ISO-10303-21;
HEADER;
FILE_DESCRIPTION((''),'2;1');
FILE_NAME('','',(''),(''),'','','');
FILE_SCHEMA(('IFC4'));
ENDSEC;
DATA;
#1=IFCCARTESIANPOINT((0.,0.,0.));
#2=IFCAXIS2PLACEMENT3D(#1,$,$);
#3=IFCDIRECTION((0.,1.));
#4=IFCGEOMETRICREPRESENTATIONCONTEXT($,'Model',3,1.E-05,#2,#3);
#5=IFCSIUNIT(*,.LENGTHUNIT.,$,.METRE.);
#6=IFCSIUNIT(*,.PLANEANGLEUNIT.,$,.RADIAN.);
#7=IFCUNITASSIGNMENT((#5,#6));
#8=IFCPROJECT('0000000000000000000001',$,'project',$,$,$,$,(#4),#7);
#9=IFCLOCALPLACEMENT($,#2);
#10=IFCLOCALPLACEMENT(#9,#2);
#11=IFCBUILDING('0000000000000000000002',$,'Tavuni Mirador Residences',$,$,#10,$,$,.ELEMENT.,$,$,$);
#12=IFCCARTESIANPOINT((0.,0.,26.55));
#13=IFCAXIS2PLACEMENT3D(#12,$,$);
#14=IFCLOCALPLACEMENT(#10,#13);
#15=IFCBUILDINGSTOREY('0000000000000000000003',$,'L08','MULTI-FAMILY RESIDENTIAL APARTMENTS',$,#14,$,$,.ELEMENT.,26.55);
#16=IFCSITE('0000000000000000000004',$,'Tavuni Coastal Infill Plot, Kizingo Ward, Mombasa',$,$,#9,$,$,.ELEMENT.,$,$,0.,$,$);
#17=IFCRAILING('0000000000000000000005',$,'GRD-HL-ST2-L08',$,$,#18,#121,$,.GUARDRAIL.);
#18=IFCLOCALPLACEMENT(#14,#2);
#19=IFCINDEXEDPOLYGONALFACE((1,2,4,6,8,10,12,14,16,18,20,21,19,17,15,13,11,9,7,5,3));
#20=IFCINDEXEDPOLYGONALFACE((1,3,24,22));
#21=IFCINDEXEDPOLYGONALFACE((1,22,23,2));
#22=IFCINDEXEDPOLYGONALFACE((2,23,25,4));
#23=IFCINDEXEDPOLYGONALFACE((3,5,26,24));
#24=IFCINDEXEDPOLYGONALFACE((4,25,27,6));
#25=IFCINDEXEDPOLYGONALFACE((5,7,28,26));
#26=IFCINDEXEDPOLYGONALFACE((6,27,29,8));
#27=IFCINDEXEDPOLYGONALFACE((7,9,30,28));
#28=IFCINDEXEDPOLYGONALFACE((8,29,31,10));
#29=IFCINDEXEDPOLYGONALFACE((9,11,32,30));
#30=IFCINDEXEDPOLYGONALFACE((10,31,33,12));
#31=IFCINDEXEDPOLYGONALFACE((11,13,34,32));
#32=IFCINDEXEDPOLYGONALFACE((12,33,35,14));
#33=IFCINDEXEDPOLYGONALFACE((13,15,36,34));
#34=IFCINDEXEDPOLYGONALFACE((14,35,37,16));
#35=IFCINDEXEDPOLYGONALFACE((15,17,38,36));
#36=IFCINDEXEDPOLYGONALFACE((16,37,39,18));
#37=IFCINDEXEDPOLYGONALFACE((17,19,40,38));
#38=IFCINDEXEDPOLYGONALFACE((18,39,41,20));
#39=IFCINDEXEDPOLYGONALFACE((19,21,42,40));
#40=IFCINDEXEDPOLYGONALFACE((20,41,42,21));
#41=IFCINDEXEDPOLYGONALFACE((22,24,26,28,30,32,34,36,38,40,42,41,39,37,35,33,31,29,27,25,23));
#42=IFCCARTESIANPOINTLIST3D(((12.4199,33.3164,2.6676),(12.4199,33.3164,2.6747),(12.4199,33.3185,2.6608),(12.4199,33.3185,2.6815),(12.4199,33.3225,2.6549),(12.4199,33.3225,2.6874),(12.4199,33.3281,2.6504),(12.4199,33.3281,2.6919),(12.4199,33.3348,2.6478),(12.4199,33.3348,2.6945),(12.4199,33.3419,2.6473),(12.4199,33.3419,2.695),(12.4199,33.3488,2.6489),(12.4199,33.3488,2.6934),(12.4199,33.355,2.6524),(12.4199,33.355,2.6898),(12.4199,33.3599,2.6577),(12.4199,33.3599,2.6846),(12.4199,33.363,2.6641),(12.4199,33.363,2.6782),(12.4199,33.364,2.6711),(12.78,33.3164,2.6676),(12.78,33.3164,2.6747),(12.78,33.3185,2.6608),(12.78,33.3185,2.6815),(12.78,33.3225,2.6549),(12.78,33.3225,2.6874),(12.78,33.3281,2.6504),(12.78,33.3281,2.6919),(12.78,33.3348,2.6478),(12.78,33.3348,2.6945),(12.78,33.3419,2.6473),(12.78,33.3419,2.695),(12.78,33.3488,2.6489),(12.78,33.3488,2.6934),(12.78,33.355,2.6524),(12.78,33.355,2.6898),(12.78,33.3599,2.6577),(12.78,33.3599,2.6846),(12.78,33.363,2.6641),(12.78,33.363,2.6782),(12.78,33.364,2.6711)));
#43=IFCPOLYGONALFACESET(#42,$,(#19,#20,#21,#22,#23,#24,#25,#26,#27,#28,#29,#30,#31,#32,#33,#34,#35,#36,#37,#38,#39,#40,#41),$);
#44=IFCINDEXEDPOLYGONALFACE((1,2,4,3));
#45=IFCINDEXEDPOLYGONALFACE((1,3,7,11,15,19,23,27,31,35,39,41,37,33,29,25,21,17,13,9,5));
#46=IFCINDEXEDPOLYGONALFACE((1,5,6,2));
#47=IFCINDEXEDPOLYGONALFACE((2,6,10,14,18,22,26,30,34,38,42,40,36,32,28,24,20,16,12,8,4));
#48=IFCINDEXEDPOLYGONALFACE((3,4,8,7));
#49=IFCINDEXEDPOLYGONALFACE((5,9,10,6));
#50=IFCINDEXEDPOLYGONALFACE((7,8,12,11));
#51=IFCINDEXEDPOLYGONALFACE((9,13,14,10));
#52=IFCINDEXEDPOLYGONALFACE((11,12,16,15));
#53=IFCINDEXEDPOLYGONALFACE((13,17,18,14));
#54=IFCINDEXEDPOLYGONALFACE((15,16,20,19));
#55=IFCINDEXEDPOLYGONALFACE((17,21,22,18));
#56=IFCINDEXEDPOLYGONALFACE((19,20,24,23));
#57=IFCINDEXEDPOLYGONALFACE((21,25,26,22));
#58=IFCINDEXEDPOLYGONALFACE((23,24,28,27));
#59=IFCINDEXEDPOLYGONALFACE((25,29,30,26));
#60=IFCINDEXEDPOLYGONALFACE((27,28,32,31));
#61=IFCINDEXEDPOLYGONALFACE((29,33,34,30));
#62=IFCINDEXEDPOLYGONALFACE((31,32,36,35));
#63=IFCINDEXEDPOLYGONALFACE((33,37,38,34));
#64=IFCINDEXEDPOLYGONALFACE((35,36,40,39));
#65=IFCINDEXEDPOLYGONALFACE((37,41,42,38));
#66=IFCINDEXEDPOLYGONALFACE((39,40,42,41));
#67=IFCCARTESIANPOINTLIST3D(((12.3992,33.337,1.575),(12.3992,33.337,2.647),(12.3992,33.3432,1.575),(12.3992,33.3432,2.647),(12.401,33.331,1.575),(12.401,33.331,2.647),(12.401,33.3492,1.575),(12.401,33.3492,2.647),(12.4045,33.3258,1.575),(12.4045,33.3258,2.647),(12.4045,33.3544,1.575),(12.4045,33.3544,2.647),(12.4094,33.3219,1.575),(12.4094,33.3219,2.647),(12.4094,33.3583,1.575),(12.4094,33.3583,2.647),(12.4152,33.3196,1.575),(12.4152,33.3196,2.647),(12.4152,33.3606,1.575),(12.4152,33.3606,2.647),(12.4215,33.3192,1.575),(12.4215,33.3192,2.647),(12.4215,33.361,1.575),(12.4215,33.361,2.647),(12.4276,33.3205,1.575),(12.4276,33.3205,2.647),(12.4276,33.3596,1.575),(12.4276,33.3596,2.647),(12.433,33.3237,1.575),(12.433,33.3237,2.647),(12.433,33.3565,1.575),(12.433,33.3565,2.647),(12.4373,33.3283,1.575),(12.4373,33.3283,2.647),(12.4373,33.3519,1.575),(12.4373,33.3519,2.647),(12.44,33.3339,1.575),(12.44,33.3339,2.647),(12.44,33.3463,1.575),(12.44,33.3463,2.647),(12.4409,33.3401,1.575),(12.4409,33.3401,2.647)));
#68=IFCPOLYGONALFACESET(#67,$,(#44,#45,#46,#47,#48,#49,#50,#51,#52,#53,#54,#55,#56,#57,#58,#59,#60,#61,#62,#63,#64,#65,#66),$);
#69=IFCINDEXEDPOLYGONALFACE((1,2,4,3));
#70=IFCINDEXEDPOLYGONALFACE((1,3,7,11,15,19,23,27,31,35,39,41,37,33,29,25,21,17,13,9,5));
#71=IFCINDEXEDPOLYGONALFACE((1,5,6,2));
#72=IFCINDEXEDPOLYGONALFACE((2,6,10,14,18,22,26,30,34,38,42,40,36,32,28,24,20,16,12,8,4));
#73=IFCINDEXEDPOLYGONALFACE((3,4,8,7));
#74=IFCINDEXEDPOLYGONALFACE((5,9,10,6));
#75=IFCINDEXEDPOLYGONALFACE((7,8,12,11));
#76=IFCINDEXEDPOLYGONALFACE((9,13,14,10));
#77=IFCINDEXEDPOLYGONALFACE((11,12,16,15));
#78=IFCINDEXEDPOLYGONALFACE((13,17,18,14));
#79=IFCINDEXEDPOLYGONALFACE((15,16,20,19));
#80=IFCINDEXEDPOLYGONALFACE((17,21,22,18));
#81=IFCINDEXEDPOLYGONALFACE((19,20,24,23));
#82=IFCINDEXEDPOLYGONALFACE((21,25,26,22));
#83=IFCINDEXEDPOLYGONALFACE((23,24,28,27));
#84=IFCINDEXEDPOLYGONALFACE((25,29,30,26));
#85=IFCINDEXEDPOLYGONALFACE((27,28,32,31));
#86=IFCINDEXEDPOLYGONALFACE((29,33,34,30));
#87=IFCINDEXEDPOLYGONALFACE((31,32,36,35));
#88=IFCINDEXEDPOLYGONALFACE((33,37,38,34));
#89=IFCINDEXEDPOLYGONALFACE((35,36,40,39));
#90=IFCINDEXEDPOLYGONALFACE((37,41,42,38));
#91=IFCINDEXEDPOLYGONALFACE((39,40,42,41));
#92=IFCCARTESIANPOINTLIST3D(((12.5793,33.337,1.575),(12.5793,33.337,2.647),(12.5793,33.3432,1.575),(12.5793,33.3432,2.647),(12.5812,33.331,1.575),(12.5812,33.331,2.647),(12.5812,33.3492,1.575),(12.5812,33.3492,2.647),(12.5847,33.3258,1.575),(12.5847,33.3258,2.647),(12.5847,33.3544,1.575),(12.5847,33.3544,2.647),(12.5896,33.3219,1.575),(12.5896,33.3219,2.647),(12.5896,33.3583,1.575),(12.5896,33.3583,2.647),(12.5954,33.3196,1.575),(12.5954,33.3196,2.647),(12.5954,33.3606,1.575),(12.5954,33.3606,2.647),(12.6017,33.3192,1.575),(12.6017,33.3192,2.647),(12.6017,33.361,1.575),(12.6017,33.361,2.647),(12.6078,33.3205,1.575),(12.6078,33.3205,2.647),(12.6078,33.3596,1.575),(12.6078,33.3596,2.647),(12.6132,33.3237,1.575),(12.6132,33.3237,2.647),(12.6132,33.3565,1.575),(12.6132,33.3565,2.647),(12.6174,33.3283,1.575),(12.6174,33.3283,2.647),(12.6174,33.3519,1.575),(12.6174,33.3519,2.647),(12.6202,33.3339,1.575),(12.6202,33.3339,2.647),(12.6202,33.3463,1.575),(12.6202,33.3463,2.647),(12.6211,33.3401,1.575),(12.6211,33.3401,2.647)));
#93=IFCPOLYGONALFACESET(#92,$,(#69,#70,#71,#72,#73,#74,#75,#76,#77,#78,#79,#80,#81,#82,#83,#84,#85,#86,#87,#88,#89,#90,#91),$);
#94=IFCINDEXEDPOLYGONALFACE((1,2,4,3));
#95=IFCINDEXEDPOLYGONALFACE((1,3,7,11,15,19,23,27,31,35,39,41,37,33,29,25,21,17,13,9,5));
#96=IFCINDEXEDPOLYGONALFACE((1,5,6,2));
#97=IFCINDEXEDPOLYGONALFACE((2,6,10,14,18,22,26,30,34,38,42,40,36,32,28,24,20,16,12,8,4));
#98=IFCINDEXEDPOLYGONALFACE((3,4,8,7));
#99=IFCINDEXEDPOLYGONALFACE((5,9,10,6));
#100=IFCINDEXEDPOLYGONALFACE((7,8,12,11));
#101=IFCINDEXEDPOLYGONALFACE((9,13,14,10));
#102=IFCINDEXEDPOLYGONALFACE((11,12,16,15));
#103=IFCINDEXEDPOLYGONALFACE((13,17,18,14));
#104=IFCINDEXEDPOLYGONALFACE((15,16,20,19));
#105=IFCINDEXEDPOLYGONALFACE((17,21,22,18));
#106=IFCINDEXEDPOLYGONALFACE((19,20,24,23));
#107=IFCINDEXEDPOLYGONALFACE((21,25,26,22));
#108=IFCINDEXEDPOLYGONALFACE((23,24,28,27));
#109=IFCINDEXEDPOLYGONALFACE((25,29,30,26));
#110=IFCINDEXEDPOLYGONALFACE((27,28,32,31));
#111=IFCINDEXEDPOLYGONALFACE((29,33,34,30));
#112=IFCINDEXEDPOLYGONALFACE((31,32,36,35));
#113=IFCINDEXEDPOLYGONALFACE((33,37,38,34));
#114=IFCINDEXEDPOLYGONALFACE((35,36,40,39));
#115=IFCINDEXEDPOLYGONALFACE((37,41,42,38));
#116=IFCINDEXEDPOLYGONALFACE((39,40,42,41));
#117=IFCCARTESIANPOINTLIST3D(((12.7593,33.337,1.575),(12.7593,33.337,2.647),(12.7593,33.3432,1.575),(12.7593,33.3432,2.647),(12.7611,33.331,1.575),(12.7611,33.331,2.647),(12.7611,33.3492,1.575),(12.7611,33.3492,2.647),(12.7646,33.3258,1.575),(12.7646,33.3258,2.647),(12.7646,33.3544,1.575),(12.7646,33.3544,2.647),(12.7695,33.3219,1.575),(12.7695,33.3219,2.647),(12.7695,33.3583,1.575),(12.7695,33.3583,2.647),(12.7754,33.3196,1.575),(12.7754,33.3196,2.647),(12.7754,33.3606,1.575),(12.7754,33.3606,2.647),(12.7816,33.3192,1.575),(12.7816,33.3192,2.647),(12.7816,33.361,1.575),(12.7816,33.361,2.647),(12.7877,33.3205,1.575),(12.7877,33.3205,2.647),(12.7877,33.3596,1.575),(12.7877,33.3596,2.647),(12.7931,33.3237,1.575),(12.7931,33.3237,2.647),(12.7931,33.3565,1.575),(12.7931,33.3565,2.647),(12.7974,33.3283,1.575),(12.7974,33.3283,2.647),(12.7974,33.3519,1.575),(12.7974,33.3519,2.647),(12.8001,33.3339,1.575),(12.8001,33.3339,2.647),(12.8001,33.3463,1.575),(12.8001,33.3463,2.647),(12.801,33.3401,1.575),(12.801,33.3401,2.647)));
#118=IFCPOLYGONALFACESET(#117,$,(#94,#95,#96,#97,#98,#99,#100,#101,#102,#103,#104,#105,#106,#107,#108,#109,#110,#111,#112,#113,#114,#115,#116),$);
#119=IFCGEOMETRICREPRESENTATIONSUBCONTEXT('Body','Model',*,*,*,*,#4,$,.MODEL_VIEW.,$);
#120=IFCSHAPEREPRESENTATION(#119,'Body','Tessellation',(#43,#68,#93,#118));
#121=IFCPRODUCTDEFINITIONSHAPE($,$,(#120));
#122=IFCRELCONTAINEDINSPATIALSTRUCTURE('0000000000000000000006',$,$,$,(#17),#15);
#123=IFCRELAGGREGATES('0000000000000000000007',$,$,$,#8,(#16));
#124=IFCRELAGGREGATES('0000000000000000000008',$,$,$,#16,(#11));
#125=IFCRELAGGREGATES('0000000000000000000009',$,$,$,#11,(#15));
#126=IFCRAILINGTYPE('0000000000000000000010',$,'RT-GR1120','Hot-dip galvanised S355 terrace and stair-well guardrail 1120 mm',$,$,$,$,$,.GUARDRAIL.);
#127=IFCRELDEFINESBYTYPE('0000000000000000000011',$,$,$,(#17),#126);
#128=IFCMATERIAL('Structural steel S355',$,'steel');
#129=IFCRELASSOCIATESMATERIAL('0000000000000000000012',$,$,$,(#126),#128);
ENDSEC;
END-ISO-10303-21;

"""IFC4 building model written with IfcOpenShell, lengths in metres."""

from ifc_helpers import new_model, si_unit, direction, frame, origin, origin_2d, place, context, subcontext, project, spatial, circle, extrude, material, type_object, element, save


model = new_model("IFC4")

# Units and contexts
model_context = context("Model", 3, precision=1e-05, world=origin(), true_north=direction((0.0, 1.0)))
body_context = subcontext(model_context, "Body", "Model", "MODEL_VIEW")
ifc_project = project(units=[si_unit("LENGTHUNIT", "METRE"), si_unit("PLANEANGLEUNIT", "RADIAN")], contexts=[model_context])

# Site, building, storey
site_placement = place(None, origin())
site = spatial("IfcSite", under=ifc_project, at=site_placement, Name="Tavuni Coastal Infill Plot, Kizingo Ward, Mombasa", CompositionType="ELEMENT", RefElevation=0.0)
building_placement = place(site_placement, origin())
building = spatial("IfcBuilding", under=site, at=building_placement, Name="Tavuni Mirador Residences", CompositionType="ELEMENT")
storey_placement = place(building_placement, frame((0.0, 0.0, 26.55)))
storey = spatial("IfcBuildingStorey", under=building, at=storey_placement, Name="L08", Description="MULTI-FAMILY RESIDENTIAL APARTMENTS", CompositionType="ELEMENT", Elevation=26.55)

# Shared definitions
ifc_material_1 = material(Name="Structural steel S355", Category="steel")

# Railing
railing_type_1 = type_object("IfcRailingType", Name="RT-GR1120", Description="Hot-dip galvanised S355 terrace and stair-well guardrail 1120 mm", PredefinedType="GUARDRAIL", material=ifc_material_1)
railing_1_placement = place(storey_placement, frame((12.4199, 33.3401, 1.575)))
element("IfcRailing", 1, at=railing_1_placement, inside=storey, type_object=railing_type_1, Name="GRD-HL-ST2-L08", PredefinedType="GUARDRAIL", context=body_context, shape_type="SweptSolid", body=[
    extrude(circle(Radius=0.0239, at=origin_2d()), frame((0.0, 0.0, 1.0962), z_axis=(1.0, 0.0, 0.0), x_axis=(0.0, 1.0, 0.0)), (0.0, 0.0, 1.0), 0.3601),
    extrude(circle(Radius=0.021, at=origin_2d()), origin(), (0.0, 0.0, 1.0), 1.072),
    extrude(circle(Radius=0.021, at=origin_2d()), frame((0.1802, 0.0, 0.0)), (0.0, 0.0, 1.0), 1.072),
    extrude(circle(Radius=0.021, at=origin_2d()), frame((0.3601, 0.0, 0.0)), (0.0, 0.0, 1.0), 1.072),
])

save(model, "model.ifc")
